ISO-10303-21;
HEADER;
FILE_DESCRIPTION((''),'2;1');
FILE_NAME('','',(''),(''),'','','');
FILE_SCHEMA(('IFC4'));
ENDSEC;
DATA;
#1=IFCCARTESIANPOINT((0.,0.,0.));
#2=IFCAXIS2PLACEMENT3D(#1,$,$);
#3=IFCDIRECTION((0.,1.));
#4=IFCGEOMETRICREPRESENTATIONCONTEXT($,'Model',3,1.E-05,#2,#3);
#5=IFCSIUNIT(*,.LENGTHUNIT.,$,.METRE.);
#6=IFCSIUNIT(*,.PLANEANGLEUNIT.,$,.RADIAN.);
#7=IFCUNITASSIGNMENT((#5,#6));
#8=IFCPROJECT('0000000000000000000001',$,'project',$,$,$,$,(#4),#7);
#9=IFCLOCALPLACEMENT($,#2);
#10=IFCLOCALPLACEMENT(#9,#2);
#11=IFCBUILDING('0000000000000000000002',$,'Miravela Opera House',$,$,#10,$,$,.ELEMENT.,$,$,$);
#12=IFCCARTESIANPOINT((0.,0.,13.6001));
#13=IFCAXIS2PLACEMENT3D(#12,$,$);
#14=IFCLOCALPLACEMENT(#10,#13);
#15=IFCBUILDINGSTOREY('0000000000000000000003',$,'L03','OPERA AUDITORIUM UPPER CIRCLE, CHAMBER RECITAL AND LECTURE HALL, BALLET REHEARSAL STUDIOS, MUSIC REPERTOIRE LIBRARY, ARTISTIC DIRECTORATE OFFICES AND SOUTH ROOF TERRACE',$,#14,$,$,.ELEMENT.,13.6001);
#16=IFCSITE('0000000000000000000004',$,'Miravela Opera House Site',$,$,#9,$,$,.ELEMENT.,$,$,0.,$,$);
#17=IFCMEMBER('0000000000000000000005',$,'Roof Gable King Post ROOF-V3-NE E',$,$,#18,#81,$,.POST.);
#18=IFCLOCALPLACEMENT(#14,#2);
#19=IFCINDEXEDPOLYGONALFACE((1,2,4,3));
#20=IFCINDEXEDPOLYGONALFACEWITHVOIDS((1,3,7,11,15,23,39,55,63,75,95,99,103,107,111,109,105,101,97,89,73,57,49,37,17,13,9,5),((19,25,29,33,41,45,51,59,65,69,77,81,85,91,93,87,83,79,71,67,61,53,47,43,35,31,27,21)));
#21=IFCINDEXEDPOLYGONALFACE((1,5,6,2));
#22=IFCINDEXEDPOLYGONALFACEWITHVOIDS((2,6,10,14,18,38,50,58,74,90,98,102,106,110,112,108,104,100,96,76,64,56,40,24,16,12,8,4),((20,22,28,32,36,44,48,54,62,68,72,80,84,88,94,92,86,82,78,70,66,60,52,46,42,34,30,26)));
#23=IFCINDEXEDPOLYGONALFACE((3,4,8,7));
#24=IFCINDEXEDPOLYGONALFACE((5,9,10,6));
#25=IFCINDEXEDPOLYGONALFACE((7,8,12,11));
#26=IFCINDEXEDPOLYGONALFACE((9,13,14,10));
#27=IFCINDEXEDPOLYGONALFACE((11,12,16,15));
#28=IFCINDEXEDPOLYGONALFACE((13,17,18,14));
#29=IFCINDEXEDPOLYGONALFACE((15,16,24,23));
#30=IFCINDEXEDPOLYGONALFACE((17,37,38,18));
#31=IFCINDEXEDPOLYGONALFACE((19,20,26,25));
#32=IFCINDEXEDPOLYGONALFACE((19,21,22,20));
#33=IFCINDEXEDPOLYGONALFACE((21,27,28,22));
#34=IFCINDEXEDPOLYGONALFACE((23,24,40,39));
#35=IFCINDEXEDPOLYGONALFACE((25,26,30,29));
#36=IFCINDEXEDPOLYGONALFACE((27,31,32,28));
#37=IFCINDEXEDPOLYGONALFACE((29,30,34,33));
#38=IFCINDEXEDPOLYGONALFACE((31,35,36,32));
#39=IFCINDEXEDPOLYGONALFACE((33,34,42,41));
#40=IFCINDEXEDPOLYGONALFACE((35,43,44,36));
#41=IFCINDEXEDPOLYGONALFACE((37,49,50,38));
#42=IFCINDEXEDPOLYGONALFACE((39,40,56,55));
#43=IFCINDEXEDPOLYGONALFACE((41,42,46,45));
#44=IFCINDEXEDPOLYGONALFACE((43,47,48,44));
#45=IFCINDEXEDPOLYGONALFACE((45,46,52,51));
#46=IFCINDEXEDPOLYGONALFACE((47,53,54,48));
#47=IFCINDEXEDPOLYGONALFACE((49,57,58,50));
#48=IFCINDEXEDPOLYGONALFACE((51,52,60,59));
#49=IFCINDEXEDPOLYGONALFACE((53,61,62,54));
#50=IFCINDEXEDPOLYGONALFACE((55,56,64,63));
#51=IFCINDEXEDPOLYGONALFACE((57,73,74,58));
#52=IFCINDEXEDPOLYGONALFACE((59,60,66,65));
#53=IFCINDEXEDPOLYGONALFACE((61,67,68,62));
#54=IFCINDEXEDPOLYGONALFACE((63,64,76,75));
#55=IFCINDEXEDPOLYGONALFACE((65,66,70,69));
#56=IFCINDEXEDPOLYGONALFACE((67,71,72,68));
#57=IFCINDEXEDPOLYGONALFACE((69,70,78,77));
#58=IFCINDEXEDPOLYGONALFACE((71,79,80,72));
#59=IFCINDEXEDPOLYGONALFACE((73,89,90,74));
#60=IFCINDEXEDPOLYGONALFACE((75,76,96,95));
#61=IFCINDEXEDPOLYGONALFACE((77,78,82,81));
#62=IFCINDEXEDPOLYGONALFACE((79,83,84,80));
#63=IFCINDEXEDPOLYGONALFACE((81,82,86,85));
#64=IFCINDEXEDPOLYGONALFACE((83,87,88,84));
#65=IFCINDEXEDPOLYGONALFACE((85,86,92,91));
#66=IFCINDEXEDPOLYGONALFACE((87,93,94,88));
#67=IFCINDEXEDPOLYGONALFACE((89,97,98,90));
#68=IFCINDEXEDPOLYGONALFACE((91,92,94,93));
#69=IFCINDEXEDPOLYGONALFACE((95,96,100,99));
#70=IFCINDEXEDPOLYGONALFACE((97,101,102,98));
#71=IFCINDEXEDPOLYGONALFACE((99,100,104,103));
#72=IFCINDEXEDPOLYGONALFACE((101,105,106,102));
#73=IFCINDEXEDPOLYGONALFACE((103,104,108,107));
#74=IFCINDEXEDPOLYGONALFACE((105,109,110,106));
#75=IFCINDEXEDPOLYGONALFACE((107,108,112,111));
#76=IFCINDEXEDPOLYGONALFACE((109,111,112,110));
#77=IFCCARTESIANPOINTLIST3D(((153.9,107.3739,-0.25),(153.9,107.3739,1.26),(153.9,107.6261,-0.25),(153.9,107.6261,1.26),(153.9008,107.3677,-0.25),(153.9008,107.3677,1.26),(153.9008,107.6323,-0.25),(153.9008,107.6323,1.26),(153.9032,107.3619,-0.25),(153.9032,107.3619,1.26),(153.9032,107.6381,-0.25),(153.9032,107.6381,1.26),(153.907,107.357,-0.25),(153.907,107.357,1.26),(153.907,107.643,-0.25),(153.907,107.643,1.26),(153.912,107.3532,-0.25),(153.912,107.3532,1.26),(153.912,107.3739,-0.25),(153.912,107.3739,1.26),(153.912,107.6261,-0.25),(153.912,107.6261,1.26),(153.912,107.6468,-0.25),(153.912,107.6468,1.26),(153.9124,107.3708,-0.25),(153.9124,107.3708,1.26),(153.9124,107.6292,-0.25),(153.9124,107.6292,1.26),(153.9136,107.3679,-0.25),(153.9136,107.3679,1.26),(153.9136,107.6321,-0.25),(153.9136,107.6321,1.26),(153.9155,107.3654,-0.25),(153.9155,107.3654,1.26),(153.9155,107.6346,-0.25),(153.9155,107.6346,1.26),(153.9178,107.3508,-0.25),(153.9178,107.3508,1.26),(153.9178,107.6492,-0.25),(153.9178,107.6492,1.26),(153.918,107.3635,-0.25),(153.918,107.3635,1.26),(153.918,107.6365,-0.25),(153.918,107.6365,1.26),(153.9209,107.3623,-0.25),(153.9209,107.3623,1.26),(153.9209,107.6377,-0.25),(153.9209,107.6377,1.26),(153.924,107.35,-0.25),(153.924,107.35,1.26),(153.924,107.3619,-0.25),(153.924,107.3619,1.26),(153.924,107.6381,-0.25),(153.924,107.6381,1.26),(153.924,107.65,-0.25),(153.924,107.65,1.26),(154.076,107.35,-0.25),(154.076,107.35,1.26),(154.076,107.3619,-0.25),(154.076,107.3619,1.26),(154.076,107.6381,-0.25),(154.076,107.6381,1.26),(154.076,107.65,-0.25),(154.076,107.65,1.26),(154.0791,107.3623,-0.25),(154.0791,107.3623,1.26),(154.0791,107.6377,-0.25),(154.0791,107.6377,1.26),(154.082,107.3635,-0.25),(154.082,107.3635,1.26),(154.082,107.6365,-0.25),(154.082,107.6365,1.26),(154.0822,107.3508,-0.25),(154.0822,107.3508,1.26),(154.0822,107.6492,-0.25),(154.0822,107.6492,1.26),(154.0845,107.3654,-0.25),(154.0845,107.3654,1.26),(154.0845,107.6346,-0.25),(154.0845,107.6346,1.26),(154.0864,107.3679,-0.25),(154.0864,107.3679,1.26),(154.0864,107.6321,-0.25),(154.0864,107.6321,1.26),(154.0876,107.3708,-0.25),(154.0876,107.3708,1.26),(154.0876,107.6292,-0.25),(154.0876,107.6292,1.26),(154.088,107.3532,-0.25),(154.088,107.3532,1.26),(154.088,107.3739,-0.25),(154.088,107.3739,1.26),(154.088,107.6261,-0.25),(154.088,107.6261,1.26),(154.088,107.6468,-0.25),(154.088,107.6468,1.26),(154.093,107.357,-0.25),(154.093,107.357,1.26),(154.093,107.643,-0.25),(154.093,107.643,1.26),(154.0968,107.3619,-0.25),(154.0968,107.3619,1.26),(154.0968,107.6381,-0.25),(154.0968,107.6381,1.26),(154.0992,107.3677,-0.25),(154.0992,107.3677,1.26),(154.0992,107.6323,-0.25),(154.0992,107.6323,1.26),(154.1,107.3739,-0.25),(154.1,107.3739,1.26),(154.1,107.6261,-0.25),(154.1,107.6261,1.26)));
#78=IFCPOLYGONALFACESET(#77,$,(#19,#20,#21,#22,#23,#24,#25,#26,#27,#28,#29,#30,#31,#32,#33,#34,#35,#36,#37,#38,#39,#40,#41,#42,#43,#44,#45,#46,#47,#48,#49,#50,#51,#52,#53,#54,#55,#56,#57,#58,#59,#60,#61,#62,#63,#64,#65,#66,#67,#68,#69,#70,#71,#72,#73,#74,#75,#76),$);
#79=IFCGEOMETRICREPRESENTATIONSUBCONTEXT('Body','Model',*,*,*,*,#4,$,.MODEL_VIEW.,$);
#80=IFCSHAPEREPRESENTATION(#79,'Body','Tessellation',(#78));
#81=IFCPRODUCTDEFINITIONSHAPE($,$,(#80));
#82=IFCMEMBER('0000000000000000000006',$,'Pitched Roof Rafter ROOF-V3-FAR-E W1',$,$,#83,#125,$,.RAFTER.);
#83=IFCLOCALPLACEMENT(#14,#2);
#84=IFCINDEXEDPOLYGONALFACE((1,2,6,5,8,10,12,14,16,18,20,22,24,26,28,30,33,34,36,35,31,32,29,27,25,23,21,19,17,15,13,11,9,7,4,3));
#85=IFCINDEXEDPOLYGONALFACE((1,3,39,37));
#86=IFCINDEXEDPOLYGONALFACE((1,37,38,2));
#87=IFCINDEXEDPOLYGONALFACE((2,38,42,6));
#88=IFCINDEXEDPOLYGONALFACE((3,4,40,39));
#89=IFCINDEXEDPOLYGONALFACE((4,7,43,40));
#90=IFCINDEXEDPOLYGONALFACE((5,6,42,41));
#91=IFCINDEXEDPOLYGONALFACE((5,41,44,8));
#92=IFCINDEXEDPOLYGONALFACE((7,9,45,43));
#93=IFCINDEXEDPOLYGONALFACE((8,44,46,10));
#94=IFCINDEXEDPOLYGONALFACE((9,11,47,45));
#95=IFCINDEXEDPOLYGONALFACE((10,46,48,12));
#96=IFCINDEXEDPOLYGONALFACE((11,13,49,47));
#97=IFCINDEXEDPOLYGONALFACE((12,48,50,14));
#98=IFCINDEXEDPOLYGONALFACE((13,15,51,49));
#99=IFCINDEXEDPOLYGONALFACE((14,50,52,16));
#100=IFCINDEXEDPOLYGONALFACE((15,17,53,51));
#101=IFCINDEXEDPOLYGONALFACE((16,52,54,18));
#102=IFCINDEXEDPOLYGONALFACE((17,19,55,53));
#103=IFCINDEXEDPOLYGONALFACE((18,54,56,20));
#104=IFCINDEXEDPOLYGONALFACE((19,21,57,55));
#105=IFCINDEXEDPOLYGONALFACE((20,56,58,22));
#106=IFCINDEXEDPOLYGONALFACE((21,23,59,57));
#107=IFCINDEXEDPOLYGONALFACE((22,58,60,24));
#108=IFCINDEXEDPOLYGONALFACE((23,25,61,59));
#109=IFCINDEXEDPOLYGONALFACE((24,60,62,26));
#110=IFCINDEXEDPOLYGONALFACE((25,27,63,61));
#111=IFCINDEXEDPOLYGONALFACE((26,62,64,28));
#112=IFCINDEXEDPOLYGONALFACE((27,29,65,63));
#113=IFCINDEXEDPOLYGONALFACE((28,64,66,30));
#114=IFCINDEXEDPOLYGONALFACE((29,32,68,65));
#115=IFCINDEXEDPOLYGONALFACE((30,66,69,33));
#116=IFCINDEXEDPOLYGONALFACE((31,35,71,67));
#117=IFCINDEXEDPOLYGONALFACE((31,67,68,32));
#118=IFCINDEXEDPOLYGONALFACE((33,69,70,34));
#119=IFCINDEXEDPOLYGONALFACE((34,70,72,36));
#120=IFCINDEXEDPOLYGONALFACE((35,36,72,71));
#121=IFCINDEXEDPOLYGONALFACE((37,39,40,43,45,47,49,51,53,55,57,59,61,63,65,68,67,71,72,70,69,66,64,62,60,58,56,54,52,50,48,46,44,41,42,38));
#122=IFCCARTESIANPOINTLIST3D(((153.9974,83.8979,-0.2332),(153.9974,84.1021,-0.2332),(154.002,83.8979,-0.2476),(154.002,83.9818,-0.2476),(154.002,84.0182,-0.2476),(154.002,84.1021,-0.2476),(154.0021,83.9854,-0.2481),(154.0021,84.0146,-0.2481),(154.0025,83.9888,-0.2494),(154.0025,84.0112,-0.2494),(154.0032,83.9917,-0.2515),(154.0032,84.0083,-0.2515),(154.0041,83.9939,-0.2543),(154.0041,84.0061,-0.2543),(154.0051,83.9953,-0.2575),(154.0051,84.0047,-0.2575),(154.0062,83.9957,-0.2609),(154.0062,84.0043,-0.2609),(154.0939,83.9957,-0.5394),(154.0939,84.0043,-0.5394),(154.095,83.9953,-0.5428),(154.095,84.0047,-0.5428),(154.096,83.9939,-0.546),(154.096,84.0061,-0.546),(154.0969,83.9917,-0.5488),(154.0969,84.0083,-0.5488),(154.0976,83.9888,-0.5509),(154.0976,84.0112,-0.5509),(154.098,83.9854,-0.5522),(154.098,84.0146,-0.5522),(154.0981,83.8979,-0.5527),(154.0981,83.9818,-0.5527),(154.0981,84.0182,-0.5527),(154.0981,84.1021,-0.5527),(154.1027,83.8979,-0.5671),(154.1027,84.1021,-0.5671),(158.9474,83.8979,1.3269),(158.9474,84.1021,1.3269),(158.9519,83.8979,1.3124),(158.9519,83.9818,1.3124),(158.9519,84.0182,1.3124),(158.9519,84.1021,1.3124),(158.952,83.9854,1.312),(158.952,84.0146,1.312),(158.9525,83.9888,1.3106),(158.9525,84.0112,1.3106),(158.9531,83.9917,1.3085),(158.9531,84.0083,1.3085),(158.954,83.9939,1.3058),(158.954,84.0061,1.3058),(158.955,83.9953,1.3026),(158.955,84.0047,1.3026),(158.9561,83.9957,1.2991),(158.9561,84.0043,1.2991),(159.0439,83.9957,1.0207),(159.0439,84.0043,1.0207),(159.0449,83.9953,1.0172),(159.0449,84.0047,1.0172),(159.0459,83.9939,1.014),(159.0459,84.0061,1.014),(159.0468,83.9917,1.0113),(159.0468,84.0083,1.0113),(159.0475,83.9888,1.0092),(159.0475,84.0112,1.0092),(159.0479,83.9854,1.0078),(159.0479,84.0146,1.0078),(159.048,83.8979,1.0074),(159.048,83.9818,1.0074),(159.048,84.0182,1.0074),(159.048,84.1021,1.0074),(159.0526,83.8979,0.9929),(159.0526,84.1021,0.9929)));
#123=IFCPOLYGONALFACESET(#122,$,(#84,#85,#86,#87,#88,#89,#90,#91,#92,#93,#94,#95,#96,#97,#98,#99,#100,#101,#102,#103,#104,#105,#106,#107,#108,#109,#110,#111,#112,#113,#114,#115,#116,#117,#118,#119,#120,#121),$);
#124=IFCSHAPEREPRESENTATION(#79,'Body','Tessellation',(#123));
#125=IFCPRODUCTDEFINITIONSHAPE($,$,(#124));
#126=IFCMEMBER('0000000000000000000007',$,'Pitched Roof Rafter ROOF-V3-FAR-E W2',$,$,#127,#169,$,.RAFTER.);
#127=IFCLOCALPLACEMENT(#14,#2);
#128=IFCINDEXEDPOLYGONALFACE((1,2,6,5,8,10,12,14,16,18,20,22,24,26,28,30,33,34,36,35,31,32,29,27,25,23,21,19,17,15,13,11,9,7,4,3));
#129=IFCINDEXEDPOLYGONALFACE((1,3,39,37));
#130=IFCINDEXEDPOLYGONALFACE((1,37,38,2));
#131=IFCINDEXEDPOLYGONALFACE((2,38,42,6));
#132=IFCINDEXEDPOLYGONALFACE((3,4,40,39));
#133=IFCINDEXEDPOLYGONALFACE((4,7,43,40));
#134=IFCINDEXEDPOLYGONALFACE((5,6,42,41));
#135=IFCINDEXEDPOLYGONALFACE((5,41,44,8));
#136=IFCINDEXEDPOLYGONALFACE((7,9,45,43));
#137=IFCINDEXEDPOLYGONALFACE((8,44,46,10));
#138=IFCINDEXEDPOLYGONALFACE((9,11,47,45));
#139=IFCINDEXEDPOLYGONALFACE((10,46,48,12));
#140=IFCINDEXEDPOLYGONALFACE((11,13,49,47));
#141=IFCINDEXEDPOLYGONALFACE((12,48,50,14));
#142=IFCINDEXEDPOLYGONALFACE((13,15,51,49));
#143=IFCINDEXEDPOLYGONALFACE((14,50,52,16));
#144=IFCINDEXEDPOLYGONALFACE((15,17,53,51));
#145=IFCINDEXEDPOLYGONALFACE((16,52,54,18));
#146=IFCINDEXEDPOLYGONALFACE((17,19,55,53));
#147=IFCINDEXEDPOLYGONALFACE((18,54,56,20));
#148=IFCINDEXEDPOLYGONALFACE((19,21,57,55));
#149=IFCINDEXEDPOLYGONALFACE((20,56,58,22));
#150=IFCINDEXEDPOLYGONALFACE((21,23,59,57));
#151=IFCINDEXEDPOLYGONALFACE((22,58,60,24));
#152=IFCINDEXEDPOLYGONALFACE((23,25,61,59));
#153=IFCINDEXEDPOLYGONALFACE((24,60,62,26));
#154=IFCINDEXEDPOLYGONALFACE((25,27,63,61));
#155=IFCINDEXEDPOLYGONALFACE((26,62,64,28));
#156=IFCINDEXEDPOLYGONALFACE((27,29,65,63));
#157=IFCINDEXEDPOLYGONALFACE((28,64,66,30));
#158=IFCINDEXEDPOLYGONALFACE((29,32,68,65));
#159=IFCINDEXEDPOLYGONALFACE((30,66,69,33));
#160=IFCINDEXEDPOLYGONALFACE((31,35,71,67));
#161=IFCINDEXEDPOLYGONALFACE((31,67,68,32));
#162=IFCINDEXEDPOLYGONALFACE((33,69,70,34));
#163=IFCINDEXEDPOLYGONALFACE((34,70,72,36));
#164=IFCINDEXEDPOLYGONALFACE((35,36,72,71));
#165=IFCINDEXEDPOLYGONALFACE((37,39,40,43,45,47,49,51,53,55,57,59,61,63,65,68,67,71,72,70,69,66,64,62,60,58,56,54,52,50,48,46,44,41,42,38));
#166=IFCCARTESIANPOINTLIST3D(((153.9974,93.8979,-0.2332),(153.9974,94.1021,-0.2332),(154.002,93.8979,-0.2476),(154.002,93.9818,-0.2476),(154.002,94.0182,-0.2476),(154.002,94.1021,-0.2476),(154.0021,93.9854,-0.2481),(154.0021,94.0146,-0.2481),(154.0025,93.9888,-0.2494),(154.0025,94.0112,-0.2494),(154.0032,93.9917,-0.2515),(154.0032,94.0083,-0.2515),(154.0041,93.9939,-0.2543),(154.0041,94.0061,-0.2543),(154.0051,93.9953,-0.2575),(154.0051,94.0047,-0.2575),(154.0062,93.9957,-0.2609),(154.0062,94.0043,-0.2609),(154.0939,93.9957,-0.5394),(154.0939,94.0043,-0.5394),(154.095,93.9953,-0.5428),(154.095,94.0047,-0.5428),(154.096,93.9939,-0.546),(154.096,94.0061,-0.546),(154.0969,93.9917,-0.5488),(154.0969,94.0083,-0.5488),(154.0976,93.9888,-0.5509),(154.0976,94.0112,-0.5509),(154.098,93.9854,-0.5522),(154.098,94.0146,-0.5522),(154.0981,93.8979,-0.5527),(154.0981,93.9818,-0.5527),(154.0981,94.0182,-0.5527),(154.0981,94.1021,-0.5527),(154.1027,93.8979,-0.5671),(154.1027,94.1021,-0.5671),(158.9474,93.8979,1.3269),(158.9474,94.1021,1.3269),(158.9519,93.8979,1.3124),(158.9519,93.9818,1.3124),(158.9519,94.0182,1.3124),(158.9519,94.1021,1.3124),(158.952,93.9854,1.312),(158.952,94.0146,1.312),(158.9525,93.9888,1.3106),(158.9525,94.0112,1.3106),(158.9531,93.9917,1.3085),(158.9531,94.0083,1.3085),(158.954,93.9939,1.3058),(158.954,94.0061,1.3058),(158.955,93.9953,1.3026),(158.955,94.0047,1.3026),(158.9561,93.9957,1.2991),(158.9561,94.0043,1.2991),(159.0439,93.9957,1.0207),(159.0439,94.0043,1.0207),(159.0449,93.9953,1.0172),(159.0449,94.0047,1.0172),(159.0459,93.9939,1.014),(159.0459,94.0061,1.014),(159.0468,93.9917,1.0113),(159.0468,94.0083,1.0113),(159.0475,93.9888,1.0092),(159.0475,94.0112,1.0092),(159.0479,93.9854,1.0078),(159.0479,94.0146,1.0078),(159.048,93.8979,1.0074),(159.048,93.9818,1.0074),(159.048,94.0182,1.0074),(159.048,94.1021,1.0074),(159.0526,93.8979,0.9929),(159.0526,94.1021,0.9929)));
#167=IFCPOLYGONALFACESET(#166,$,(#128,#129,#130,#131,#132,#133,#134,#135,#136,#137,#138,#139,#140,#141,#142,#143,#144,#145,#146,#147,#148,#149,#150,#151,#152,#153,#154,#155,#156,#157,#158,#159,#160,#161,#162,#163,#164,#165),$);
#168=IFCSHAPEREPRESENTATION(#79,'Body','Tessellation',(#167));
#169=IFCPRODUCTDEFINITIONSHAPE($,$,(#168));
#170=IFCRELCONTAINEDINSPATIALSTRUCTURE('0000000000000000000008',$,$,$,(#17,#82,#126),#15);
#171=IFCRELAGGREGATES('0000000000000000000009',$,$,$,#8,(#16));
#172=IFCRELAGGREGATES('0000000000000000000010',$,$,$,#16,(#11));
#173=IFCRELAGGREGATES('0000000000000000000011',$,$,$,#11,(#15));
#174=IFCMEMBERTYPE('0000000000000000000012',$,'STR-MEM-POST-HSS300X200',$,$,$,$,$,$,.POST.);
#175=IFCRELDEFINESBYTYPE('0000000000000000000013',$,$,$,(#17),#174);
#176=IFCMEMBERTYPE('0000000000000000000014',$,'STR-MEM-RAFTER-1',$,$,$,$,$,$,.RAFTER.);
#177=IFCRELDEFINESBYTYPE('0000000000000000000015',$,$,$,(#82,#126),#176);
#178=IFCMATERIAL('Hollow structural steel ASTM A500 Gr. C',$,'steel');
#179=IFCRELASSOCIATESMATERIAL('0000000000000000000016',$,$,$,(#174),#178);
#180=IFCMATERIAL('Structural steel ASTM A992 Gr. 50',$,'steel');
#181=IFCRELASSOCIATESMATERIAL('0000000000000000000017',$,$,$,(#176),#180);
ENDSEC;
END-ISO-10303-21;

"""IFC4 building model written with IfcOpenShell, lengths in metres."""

from ifc_helpers import new_model, si_unit, direction, frame, origin, origin_2d, place, context, subcontext, project, spatial, hollow_rectangle, i_section, extrude, material, material_profile, profile_set, type_object, element, save


model = new_model("IFC4")

# Units and contexts
model_context = context("Model", 3, precision=1e-05, world=origin(), true_north=direction((0.0, 1.0)))
body_context = subcontext(model_context, "Body", "Model", "MODEL_VIEW")
ifc_project = project(units=[si_unit("LENGTHUNIT", "METRE"), si_unit("PLANEANGLEUNIT", "RADIAN")], contexts=[model_context])

# Site, building, storey
site_placement = place(None, origin())
site = spatial("IfcSite", under=ifc_project, at=site_placement, Name="Miravela Opera House Site", CompositionType="ELEMENT", RefElevation=0.0)
building_placement = place(site_placement, origin())
building = spatial("IfcBuilding", under=site, at=building_placement, Name="Miravela Opera House", CompositionType="ELEMENT")
storey_placement = place(building_placement, frame((0.0, 0.0, 13.6001)))
storey = spatial("IfcBuildingStorey", under=building, at=storey_placement, Name="L03", Description="OPERA AUDITORIUM UPPER CIRCLE, CHAMBER RECITAL AND LECTURE HALL, BALLET REHEARSAL STUDIOS, MUSIC REPERTOIRE LIBRARY, ARTISTIC DIRECTORATE OFFICES AND SOUTH ROOF TERRACE", CompositionType="ELEMENT", Elevation=13.6001)

# Members
ifc_material_1 = material(Name="Hollow structural steel ASTM A500 Gr. C", Category="steel")
ifc_material_profile_1 = material_profile(ifc_material_1, hollow_rectangle(XDim=0.2, YDim=0.3, WallThickness=0.012, InnerFilletRadius=0.012, OuterFilletRadius=0.0239, at=origin_2d()), Name="HSS300X200X12")
ifc_profile_set_1 = profile_set([ifc_material_profile_1])
member_type_1 = type_object("IfcMemberType", Name="STR-MEM-POST-HSS300X200", PredefinedType="POST", material=ifc_profile_set_1)
member_1_placement = place(storey_placement, frame((154.0, 107.5, -0.25), z_axis=(0.0, 0.0, 1.0), x_axis=(1.0, 0.0, 0.0)))
element("IfcMember", 1, at=member_1_placement, inside=storey, type_object=member_type_1, Name="Roof Gable King Post ROOF-V3-NE E", PredefinedType="POST", context=body_context, shape_type="SweptSolid", body=[
    extrude(hollow_rectangle(XDim=0.2, YDim=0.3, WallThickness=0.012, InnerFilletRadius=0.012, OuterFilletRadius=0.0239, at=origin_2d()), origin(), (0.0, 0.0, 1.0), 1.51),
])
ifc_material_2 = material(Name="Structural steel ASTM A992 Gr. 50", Category="steel")
ifc_material_profile_2 = material_profile(ifc_material_2, i_section(OverallWidth=0.2041, OverallDepth=0.3501, WebThickness=0.0085, FlangeThickness=0.0151, FilletRadius=0.0139, at=origin_2d()), Name="W360X72")
ifc_profile_set_2 = profile_set([ifc_material_profile_2])
member_type_2 = type_object("IfcMemberType", Name="STR-MEM-RAFTER-1", PredefinedType="RAFTER", material=ifc_profile_set_2)
for number, where, z_axis, x_axis, name in (
    (2, (154.05, 84.0, -0.4001), (0.953753, 0.0, 0.300591), (0.0, 1.0, 0.0), "Pitched Roof Rafter ROOF-V3-FAR-E W1"),
    (3, (154.05, 94.0, -0.4001), (0.953753, 0.0, 0.300591), (0.0, 1.0, 0.0), "Pitched Roof Rafter ROOF-V3-FAR-E W2"),
):
    element("IfcMember", number, at=place(storey_placement, frame(where, z_axis=z_axis, x_axis=x_axis)), inside=storey, type_object=member_type_2, Name=name, PredefinedType="RAFTER", context=body_context, shape_type="SweptSolid", body=[
        extrude(i_section(OverallWidth=0.2041, OverallDepth=0.3501, WebThickness=0.0085, FlangeThickness=0.0151, FilletRadius=0.0139, at=origin_2d()), origin(), (0.0, 0.0, 1.0), 5.1899),
    ])

save(model, "model.ifc")
